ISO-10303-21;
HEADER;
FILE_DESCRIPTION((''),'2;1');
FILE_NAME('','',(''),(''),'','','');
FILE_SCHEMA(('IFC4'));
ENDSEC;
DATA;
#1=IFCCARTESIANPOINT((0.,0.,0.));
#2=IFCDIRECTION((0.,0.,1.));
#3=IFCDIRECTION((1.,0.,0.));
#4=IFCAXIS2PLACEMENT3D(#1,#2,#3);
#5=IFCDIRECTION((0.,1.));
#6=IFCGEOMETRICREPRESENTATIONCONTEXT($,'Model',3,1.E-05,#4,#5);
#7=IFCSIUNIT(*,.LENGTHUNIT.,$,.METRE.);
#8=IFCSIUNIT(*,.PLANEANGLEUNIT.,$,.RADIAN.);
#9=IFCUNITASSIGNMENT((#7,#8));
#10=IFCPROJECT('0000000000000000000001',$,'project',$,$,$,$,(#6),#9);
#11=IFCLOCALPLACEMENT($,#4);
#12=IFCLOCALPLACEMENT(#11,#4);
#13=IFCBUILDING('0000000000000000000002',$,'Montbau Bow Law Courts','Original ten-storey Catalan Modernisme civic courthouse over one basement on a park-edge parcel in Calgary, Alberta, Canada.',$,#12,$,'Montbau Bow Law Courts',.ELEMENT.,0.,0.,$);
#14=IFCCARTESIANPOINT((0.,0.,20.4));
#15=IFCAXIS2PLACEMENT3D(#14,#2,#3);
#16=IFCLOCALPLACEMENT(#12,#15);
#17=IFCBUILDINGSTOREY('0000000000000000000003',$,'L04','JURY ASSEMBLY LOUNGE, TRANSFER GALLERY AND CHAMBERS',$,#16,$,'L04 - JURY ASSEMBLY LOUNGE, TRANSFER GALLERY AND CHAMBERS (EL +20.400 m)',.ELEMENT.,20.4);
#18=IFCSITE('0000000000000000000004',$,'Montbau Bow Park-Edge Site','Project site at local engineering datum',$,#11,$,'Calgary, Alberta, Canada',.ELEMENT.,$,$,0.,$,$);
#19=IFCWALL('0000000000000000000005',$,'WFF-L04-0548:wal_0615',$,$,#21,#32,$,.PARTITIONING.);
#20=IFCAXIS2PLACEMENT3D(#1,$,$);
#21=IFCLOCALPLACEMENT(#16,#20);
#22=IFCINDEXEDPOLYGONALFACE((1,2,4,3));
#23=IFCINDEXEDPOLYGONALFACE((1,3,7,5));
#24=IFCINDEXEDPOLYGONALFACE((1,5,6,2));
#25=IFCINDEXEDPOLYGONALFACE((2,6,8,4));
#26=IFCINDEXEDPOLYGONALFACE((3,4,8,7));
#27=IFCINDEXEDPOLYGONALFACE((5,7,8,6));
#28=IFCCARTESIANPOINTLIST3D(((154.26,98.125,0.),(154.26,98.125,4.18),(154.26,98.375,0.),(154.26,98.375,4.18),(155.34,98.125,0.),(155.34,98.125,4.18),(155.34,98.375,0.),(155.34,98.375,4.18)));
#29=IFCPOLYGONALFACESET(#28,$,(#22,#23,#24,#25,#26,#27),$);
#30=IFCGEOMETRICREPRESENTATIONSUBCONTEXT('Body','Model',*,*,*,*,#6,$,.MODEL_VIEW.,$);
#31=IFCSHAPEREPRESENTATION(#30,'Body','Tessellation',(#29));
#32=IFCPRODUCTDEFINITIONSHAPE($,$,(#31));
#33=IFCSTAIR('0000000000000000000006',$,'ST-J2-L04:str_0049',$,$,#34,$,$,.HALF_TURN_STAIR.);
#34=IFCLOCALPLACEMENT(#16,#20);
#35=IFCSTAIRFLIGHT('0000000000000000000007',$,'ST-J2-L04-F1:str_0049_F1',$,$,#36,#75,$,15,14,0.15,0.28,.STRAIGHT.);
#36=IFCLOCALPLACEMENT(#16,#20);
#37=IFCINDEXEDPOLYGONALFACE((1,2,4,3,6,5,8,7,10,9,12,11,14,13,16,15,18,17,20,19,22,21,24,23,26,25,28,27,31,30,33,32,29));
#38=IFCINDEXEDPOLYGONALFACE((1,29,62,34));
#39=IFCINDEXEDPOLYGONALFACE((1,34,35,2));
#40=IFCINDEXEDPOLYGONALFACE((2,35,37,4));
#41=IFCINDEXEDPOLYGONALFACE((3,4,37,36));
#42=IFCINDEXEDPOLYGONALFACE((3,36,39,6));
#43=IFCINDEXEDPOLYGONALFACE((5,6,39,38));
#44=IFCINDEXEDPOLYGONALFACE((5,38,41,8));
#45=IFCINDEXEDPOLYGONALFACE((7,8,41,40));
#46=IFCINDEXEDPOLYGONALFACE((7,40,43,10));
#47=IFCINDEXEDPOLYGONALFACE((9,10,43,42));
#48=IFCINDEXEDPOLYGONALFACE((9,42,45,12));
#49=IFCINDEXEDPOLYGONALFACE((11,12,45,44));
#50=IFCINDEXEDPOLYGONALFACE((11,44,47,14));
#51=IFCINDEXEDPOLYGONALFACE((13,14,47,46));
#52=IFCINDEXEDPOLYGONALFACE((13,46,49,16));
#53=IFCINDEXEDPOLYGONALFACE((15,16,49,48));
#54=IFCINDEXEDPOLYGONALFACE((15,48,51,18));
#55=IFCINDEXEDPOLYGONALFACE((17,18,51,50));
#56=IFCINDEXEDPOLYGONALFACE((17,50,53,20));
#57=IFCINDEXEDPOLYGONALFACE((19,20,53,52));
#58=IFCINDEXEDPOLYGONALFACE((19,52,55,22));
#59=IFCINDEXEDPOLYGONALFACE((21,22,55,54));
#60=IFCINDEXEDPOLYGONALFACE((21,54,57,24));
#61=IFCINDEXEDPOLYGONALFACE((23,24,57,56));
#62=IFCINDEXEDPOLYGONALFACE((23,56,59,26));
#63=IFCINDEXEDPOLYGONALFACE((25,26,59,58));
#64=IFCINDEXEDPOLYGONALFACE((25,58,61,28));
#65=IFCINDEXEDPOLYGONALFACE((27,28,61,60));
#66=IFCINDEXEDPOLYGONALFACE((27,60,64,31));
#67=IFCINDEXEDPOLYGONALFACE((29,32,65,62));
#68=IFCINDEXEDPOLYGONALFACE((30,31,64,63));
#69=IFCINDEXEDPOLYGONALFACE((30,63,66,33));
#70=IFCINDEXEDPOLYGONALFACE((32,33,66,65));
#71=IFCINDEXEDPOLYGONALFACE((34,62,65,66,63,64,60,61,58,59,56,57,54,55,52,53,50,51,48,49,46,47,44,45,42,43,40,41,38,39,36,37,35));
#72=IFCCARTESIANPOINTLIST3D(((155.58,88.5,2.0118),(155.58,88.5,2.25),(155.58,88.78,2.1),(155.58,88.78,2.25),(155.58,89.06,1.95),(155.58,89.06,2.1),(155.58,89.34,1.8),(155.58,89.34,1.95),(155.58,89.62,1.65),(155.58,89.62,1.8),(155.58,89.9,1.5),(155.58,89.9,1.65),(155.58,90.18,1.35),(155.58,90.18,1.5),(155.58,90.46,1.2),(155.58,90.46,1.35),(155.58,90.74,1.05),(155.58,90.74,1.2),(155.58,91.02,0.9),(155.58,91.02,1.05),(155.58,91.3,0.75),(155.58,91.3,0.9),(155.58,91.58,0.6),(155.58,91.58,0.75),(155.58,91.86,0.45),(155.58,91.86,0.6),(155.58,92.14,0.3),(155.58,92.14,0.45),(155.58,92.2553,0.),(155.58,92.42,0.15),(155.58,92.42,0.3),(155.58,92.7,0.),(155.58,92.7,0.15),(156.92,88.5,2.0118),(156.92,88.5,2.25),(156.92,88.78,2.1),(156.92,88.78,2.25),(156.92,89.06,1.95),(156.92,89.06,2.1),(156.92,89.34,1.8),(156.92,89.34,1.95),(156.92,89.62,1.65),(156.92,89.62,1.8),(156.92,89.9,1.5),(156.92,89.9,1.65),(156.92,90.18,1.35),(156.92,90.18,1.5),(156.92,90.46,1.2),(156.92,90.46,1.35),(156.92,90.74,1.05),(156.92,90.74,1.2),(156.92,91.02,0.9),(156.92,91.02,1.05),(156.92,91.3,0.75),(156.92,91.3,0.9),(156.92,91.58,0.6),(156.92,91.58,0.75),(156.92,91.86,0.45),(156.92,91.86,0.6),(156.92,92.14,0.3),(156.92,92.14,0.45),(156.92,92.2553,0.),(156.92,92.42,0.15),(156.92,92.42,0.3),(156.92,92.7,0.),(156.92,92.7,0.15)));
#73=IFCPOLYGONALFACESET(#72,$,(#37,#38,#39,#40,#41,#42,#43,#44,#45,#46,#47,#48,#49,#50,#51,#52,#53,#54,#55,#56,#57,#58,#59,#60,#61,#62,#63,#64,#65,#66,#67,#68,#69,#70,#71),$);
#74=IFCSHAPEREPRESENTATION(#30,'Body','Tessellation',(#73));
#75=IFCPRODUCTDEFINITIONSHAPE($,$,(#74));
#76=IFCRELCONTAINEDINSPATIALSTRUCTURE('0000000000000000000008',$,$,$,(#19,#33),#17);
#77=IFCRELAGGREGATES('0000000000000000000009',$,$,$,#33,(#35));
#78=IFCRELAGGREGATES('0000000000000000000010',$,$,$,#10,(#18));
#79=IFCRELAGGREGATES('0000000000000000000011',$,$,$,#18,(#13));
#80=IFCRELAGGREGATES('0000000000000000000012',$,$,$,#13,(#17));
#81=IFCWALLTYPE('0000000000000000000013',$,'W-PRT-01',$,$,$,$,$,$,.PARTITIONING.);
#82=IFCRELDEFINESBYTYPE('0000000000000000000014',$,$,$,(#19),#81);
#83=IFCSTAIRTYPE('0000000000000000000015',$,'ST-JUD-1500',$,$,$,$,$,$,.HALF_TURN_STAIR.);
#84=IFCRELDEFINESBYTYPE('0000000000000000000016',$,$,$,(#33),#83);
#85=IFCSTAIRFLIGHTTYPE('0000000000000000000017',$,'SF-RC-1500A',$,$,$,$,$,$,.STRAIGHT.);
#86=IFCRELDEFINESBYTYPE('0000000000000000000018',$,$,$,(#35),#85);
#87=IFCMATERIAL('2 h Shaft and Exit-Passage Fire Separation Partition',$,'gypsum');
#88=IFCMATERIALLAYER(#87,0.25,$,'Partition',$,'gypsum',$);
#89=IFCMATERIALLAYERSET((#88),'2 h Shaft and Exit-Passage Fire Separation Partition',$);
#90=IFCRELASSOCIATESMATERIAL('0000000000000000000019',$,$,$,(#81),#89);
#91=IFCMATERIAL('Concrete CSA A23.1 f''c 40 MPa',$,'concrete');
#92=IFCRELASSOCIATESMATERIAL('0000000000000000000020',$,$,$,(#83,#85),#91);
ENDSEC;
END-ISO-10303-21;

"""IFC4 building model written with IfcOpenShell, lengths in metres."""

from ifc_helpers import new_model, si_unit, direction, frame, frame_2d, origin_with_axes, place, context, subcontext, project, spatial, polyline, rectangle, outline, extrude, material, layer, layer_set, type_object, element, aggregate, save


model = new_model("IFC4")

# Units and contexts
model_context = context("Model", 3, precision=1e-05, world=origin_with_axes(), true_north=direction((0.0, 1.0)))
body_context = subcontext(model_context, "Body", "Model", "MODEL_VIEW")
ifc_project = project(units=[si_unit("LENGTHUNIT", "METRE"), si_unit("PLANEANGLEUNIT", "RADIAN")], contexts=[model_context])

# Site, building, storey
site_placement = place(None, origin_with_axes())
site = spatial("IfcSite", under=ifc_project, at=site_placement, Name="Montbau Bow Park-Edge Site", Description="Project site at local engineering datum", LongName="Calgary, Alberta, Canada", CompositionType="ELEMENT", RefElevation=0.0)
building_placement = place(site_placement, origin_with_axes())
building = spatial("IfcBuilding", under=site, at=building_placement, Name="Montbau Bow Law Courts", Description="Original ten-storey Catalan Modernisme civic courthouse over one basement on a park-edge parcel in Calgary, Alberta, Canada.", LongName="Montbau Bow Law Courts", CompositionType="ELEMENT", ElevationOfRefHeight=0.0, ElevationOfTerrain=0.0)
storey_placement = place(building_placement, frame((0.0, 0.0, 20.4), z_axis=(0.0, 0.0, 1.0), x_axis=(1.0, 0.0, 0.0)))
storey = spatial("IfcBuildingStorey", under=building, at=storey_placement, Name="L04", Description="JURY ASSEMBLY LOUNGE, TRANSFER GALLERY AND CHAMBERS", LongName="L04 - JURY ASSEMBLY LOUNGE, TRANSFER GALLERY AND CHAMBERS (EL +20.400 m)", CompositionType="ELEMENT", Elevation=20.4)

# Shared definitions
ifc_material_1 = material(Name="Concrete CSA A23.1 f'c 40 MPa", Category="concrete")

# Shared definitions
ifc_material_2 = material(Name="2 h Shaft and Exit-Passage Fire Separation Partition", Category="gypsum")
ifc_layer_1 = layer(ifc_material_2, 0.25, Name="Partition", Category="gypsum")
ifc_layer_set_1 = layer_set([ifc_layer_1], Name="2 h Shaft and Exit-Passage Fire Separation Partition")
wall_type_1 = type_object("IfcWallType", Name="W-PRT-01", PredefinedType="PARTITIONING", material=ifc_layer_set_1)

# Wall
wall_1_placement = place(None, frame((154.26, 98.25, 20.4), z_axis=(0.0, 0.0, 1.0), x_axis=(1.0, 0.0, 0.0)))
element("IfcWall", 1, at=wall_1_placement, inside=storey, type_object=wall_type_1, Name="WFF-L04-0548:wal_0615", PredefinedType="PARTITIONING", context=body_context, shape_type="SweptSolid", body=[
    extrude(rectangle(XDim=1.08, YDim=0.25, at=frame_2d((0.54, 0.0), x_axis=(1.0, 0.0))), origin_with_axes(), (0.0, 0.0, 1.0), 4.18),
])

# Stair, stair flight
stair_type = type_object("IfcStairType", Name="ST-JUD-1500", PredefinedType="HALF_TURN_STAIR", material=ifc_material_1)
stair_placement = place(None, frame((156.25, 92.7, 20.4), z_axis=(0.0, 0.0, 1.0), x_axis=(1.0, 0.0, 0.0)))
stair = element("IfcStair", 2, at=stair_placement, inside=storey, type_object=stair_type, Name="ST-J2-L04:str_0049", PredefinedType="HALF_TURN_STAIR")
stair_flight_type = type_object("IfcStairFlightType", Name="SF-RC-1500A", PredefinedType="STRAIGHT", material=ifc_material_1)
stair_flight_placement = place(None, frame((156.25, 92.7, 20.4), z_axis=(0.0, 0.0, 1.0), x_axis=(0.0, -1.0, 0.0)))
stair_flight = element("IfcStairFlight", 3, at=stair_flight_placement, type_object=stair_flight_type, Name="ST-J2-L04-F1:str_0049_F1", NumberOfRisers=15, NumberOfTreads=14, PredefinedType="STRAIGHT", RiserHeight=0.15, TreadLength=0.28, context=body_context, shape_type="SweptSolid", body=[
    extrude(outline(polyline([(0.0, 0.0), (0.0, 0.15), (0.28, 0.15), (0.28, 0.3), (0.56, 0.3), (0.56, 0.45), (0.84, 0.45), (0.84, 0.6), (1.12, 0.6), (1.12, 0.75), (1.4, 0.75), (1.4, 0.9), (1.68, 0.9), (1.68, 1.05), (1.96, 1.05), (1.96, 1.2), (2.24, 1.2), (2.24, 1.35), (2.52, 1.35), (2.52, 1.5), (2.8, 1.5), (2.8, 1.65), (3.08, 1.65), (3.08, 1.8), (3.36, 1.8), (3.36, 1.95), (3.64, 1.95), (3.64, 2.1), (3.92, 2.1), (3.92, 2.25), (4.2, 2.25), (4.2, 2.0118), (0.4447, 0.0), (0.0, 0.0)])), frame((0.0, 0.67, 0.0), z_axis=(0.0, -1.0, 0.0), x_axis=(1.0, 0.0, 0.0)), (0.0, 0.0, 1.0), 1.34),
])
aggregate(stair, [stair_flight])

save(model, "model.ifc")
